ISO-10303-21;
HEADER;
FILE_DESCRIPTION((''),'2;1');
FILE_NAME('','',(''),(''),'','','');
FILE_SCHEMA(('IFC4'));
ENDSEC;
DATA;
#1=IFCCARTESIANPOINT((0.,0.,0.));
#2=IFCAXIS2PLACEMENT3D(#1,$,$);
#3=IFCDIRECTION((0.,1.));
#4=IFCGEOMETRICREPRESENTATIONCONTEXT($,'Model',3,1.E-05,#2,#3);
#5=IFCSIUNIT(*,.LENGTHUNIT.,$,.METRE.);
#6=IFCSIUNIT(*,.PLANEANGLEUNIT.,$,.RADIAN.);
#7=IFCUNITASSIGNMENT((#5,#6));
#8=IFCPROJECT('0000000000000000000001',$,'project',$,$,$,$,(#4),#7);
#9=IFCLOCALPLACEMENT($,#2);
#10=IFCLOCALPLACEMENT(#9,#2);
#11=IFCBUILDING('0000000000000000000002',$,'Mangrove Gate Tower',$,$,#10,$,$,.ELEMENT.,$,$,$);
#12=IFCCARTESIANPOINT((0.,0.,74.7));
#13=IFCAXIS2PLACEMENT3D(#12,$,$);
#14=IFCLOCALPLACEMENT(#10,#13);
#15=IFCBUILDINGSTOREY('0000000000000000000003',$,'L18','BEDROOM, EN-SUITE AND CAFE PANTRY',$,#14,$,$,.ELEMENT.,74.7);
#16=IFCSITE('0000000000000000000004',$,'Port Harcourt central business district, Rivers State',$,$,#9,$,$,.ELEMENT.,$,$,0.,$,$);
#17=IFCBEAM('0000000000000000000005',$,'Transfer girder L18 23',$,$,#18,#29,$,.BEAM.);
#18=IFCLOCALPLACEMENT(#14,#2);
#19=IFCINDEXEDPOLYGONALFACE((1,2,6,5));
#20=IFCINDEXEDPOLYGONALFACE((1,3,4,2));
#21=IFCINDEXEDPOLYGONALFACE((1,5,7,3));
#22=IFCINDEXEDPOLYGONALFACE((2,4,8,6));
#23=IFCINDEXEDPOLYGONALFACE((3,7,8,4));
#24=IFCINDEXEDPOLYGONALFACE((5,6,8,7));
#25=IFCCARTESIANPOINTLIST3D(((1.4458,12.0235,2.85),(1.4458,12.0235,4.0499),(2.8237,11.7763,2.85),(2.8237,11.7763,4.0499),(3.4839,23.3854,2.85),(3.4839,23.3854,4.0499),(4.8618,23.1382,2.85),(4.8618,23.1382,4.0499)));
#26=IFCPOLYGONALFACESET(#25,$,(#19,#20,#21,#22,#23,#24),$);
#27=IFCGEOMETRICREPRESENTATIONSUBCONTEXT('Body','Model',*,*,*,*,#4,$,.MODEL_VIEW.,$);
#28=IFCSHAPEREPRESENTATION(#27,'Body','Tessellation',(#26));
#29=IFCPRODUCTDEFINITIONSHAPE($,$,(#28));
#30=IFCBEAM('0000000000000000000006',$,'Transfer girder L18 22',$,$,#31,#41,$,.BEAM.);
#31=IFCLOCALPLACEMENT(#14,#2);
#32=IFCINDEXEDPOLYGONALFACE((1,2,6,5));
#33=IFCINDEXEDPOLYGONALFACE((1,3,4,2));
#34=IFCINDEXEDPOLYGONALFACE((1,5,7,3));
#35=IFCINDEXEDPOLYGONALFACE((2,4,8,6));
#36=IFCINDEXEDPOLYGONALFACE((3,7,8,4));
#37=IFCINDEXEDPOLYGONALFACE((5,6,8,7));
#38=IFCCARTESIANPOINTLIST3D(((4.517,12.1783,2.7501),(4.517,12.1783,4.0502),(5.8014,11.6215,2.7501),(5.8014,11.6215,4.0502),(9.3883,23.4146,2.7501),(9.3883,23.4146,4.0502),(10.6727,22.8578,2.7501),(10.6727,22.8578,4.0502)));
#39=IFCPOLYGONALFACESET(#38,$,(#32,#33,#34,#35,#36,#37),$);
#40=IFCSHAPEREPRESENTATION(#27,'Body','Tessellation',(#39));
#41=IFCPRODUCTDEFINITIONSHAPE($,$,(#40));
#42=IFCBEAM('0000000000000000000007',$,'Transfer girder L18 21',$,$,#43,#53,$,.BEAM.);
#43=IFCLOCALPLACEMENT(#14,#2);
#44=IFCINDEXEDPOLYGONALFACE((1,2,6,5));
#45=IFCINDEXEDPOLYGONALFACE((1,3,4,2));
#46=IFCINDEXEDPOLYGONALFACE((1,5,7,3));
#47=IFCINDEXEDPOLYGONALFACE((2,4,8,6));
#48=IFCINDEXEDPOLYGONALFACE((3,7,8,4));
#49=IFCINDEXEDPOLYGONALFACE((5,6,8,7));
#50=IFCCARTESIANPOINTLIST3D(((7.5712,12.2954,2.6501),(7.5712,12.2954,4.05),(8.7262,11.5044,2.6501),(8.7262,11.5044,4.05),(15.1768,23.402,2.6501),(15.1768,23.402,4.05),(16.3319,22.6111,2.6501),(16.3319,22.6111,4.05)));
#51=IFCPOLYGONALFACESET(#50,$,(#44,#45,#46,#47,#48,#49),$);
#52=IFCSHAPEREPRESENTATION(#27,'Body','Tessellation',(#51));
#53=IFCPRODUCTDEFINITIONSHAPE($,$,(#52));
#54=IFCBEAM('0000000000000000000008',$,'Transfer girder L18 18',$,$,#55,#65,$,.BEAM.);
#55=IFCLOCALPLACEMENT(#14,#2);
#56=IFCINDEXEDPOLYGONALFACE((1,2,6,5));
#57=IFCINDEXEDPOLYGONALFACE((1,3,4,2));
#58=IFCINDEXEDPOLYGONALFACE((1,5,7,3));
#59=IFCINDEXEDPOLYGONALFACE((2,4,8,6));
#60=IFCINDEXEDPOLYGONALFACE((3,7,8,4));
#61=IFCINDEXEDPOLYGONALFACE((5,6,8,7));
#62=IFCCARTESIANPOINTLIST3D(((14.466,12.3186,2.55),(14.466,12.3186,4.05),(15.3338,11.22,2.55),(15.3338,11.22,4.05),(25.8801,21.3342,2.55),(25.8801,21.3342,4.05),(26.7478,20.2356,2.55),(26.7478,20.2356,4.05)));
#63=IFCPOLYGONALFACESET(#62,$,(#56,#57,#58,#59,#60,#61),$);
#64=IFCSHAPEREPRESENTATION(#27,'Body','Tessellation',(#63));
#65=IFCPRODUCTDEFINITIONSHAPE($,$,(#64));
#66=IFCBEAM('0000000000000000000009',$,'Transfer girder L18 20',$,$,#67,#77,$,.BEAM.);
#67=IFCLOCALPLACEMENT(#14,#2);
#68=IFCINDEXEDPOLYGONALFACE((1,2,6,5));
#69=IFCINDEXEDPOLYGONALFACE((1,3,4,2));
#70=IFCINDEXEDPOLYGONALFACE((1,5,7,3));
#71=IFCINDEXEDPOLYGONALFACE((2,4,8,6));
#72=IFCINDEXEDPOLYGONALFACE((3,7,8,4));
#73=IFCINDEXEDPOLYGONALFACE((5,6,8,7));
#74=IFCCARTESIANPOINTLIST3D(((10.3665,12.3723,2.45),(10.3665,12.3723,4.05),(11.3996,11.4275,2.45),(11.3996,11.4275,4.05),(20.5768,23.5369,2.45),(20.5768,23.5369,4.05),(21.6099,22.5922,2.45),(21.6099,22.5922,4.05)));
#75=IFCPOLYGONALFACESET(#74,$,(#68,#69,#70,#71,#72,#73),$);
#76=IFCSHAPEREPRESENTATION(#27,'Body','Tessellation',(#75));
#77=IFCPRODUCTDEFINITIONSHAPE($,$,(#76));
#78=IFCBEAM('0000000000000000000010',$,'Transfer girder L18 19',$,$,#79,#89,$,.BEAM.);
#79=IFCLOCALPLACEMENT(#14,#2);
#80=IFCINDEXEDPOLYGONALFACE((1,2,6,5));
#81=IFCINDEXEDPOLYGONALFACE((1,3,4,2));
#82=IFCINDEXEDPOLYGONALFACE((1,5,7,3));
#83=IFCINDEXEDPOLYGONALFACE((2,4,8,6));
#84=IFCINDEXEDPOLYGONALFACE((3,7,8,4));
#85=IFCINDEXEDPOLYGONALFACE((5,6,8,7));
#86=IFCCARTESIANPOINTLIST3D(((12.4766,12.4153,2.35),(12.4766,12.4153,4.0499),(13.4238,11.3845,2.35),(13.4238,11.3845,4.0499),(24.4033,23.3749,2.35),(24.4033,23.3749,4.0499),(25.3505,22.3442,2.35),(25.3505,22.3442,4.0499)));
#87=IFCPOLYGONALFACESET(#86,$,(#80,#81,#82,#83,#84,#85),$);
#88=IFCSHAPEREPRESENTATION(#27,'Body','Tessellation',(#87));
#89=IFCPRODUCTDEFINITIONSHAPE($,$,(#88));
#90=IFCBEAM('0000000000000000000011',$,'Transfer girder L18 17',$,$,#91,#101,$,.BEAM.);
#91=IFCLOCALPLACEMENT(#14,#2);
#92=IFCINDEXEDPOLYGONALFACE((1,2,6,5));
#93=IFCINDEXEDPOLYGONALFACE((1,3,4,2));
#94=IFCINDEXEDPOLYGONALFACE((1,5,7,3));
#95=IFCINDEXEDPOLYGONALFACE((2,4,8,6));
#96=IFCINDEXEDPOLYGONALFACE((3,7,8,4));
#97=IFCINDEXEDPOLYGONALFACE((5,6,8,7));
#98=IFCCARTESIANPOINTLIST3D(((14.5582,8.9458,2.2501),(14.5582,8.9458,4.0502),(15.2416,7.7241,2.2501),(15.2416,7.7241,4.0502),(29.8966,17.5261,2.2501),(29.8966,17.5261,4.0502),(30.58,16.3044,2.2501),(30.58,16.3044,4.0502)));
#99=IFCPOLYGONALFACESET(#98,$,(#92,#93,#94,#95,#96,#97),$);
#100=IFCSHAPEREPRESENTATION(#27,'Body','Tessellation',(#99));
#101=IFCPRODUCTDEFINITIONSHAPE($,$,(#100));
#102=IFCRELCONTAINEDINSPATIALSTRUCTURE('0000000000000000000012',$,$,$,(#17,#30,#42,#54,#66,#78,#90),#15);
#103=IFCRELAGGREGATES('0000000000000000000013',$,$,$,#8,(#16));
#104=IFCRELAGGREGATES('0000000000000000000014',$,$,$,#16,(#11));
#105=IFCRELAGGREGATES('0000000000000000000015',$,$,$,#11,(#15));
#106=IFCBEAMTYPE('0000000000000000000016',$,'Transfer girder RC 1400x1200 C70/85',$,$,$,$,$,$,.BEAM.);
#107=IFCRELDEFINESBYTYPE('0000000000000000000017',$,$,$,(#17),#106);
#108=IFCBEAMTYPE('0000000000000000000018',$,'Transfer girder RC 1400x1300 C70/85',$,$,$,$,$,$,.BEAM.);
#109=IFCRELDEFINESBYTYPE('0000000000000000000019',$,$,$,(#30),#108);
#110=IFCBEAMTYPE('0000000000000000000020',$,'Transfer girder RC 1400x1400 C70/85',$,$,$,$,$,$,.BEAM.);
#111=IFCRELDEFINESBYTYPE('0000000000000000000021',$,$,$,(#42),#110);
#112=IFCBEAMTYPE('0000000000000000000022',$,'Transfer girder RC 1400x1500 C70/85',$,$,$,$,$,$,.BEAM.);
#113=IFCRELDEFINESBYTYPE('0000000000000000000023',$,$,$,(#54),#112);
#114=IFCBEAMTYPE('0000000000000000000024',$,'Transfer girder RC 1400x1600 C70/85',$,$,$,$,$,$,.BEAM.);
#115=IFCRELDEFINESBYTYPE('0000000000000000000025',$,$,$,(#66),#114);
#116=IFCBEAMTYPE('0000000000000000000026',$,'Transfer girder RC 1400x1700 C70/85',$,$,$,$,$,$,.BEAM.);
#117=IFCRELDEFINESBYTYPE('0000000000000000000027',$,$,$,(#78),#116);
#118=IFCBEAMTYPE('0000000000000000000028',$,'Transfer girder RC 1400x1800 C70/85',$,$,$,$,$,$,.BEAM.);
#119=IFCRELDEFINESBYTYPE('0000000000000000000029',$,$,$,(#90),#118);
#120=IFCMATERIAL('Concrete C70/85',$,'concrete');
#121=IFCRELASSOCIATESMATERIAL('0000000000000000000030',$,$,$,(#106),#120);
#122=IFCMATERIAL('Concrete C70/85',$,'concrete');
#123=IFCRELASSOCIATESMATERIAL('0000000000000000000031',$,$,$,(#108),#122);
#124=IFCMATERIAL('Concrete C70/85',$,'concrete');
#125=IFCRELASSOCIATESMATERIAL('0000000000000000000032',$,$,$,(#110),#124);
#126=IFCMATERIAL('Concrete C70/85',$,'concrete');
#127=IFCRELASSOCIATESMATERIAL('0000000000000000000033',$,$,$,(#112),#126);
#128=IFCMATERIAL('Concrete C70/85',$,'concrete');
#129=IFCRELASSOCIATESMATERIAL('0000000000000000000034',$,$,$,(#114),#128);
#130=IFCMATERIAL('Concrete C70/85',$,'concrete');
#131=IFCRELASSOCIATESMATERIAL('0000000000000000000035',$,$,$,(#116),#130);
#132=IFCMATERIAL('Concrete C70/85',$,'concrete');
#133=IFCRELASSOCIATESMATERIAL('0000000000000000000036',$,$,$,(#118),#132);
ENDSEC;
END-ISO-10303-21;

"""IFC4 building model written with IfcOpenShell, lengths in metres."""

from ifc_helpers import new_model, si_unit, direction, frame, origin, origin_2d, place, context, subcontext, project, spatial, rectangle, extrude, material, material_profile, profile_set, type_object, element, save


model = new_model("IFC4")

# Units and contexts
model_context = context("Model", 3, precision=1e-05, world=origin(), true_north=direction((0.0, 1.0)))
body_context = subcontext(model_context, "Body", "Model", "MODEL_VIEW")
ifc_project = project(units=[si_unit("LENGTHUNIT", "METRE"), si_unit("PLANEANGLEUNIT", "RADIAN")], contexts=[model_context])

# Site, building, storey
site_placement = place(None, origin())
site = spatial("IfcSite", under=ifc_project, at=site_placement, Name="Port Harcourt central business district, Rivers State", CompositionType="ELEMENT", RefElevation=0.0)
building_placement = place(site_placement, origin())
building = spatial("IfcBuilding", under=site, at=building_placement, Name="Mangrove Gate Tower", CompositionType="ELEMENT")
storey_placement = place(building_placement, frame((0.0, 0.0, 74.7)))
storey = spatial("IfcBuildingStorey", under=building, at=storey_placement, Name="L18", Description="BEDROOM, EN-SUITE AND CAFE PANTRY", CompositionType="ELEMENT", Elevation=74.7)

# Beams
ifc_material_1 = material(Name="Concrete C70/85", Category="concrete")
ifc_material_profile_1 = material_profile(ifc_material_1, rectangle(XDim=1.3999, YDim=1.2, at=origin_2d()))
ifc_profile_set_1 = profile_set([ifc_material_profile_1], Name="Concrete C70/85")
beam_type_1 = type_object("IfcBeamType", Name="Transfer girder RC 1400x1200 C70/85", PredefinedType="BEAM", material=ifc_profile_set_1)
beam_1_placement = place(storey_placement, frame((2.1348, 11.8999, 3.45), z_axis=(0.176562, 0.984289, 0.0), x_axis=(-0.984289, 0.176562, 0.0)))
element("IfcBeam", 1, at=beam_1_placement, inside=storey, type_object=beam_type_1, Name="Transfer girder L18 23", PredefinedType="BEAM", context=body_context, shape_type="SweptSolid", body=[
    extrude(rectangle(XDim=1.3999, YDim=1.2, at=origin_2d()), origin(), (0.0, 0.0, 1.0), 11.5432),
])
ifc_material_2 = material(Name="Concrete C70/85", Category="concrete")
ifc_material_profile_2 = material_profile(ifc_material_2, rectangle(XDim=1.3999, YDim=1.3, at=origin_2d()))
ifc_profile_set_2 = profile_set([ifc_material_profile_2], Name="Concrete C70/85")
beam_type_2 = type_object("IfcBeamType", Name="Transfer girder RC 1400x1300 C70/85", PredefinedType="BEAM", material=ifc_profile_set_2)
beam_2_placement = place(storey_placement, frame((5.1592, 11.8999, 3.4001), z_axis=(0.397763, 0.917488, 0.0), x_axis=(-0.917488, 0.397763, 0.0)))
element("IfcBeam", 2, at=beam_2_placement, inside=storey, type_object=beam_type_2, Name="Transfer girder L18 22", PredefinedType="BEAM", context=body_context, shape_type="SweptSolid", body=[
    extrude(rectangle(XDim=1.3999, YDim=1.3, at=origin_2d()), origin(), (0.0, 0.0, 1.0), 12.2468),
])
ifc_material_3 = material(Name="Concrete C70/85", Category="concrete")
ifc_material_profile_3 = material_profile(ifc_material_3, rectangle(XDim=1.3999, YDim=1.3999, at=origin_2d()))
ifc_profile_set_3 = profile_set([ifc_material_profile_3], Name="Concrete C70/85")
beam_type_3 = type_object("IfcBeamType", Name="Transfer girder RC 1400x1400 C70/85", PredefinedType="BEAM", material=ifc_profile_set_3)
beam_3_placement = place(storey_placement, frame((8.1487, 11.8999, 3.3501), z_axis=(0.565008, 0.825086, 0.0), x_axis=(-0.825086, 0.565008, 0.0)))
element("IfcBeam", 3, at=beam_3_placement, inside=storey, type_object=beam_type_3, Name="Transfer girder L18 21", PredefinedType="BEAM", context=body_context, shape_type="SweptSolid", body=[
    extrude(rectangle(XDim=1.3999, YDim=1.3999, at=origin_2d()), origin(), (0.0, 0.0, 1.0), 13.4612),
])
ifc_material_4 = material(Name="Concrete C70/85", Category="concrete")
ifc_material_profile_4 = material_profile(ifc_material_4, rectangle(XDim=1.3999, YDim=1.5, at=origin_2d()))
ifc_profile_set_4 = profile_set([ifc_material_profile_4], Name="Concrete C70/85")
beam_type_4 = type_object("IfcBeamType", Name="Transfer girder RC 1400x1500 C70/85", PredefinedType="BEAM", material=ifc_profile_set_4)
beam_4_placement = place(storey_placement, frame((14.8999, 11.7693, 3.3), z_axis=(0.784732, 0.619836, 0.0), x_axis=(-0.619836, 0.784732, 0.0)))
element("IfcBeam", 4, at=beam_4_placement, inside=storey, type_object=beam_type_4, Name="Transfer girder L18 18", PredefinedType="BEAM", context=body_context, shape_type="SweptSolid", body=[
    extrude(rectangle(XDim=1.3999, YDim=1.5, at=origin_2d()), origin(), (0.0, 0.0, 1.0), 14.5452),
])
ifc_material_5 = material(Name="Concrete C70/85", Category="concrete")
ifc_material_profile_5 = material_profile(ifc_material_5, rectangle(XDim=1.3999, YDim=1.6001, at=origin_2d()))
ifc_profile_set_5 = profile_set([ifc_material_profile_5], Name="Concrete C70/85")
beam_type_5 = type_object("IfcBeamType", Name="Transfer girder RC 1400x1600 C70/85", PredefinedType="BEAM", material=ifc_profile_set_5)
beam_5_placement = place(storey_placement, frame((10.8831, 11.8999, 3.25), z_axis=(0.674863, 0.737943, 0.0), x_axis=(-0.737943, 0.674863, 0.0)))
element("IfcBeam", 5, at=beam_5_placement, inside=storey, type_object=beam_type_5, Name="Transfer girder L18 20", PredefinedType="BEAM", context=body_context, shape_type="SweptSolid", body=[
    extrude(rectangle(XDim=1.3999, YDim=1.6001, at=origin_2d()), origin(), (0.0, 0.0, 1.0), 15.1294),
])
ifc_material_6 = material(Name="Concrete C70/85", Category="concrete")
ifc_material_profile_6 = material_profile(ifc_material_6, rectangle(XDim=1.3999, YDim=1.7, at=origin_2d()))
ifc_profile_set_6 = profile_set([ifc_material_profile_6], Name="Concrete C70/85")
beam_type_6 = type_object("IfcBeamType", Name="Transfer girder RC 1400x1700 C70/85", PredefinedType="BEAM", material=ifc_profile_set_6)
beam_6_placement = place(storey_placement, frame((12.9502, 11.8999, 3.2), z_axis=(0.736328, 0.676625, 0.0), x_axis=(-0.676625, 0.736328, 0.0)))
element("IfcBeam", 6, at=beam_6_placement, inside=storey, type_object=beam_type_6, Name="Transfer girder L18 19", PredefinedType="BEAM", context=body_context, shape_type="SweptSolid", body=[
    extrude(rectangle(XDim=1.3999, YDim=1.7, at=origin_2d()), origin(), (0.0, 0.0, 1.0), 16.1975),
])
ifc_material_7 = material(Name="Concrete C70/85", Category="concrete")
ifc_material_profile_7 = material_profile(ifc_material_7, rectangle(XDim=1.3999, YDim=1.8, at=origin_2d()))
ifc_profile_set_7 = profile_set([ifc_material_profile_7], Name="Concrete C70/85")
beam_type_7 = type_object("IfcBeamType", Name="Transfer girder RC 1400x1800 C70/85", PredefinedType="BEAM", material=ifc_profile_set_7)
beam_7_placement = place(storey_placement, frame((14.8999, 8.335, 3.1501), z_axis=(0.872728, 0.488206, 0.0), x_axis=(-0.488206, 0.872728, 0.0)))
element("IfcBeam", 7, at=beam_7_placement, inside=storey, type_object=beam_type_7, Name="Transfer girder L18 17", PredefinedType="BEAM", context=body_context, shape_type="SweptSolid", body=[
    extrude(rectangle(XDim=1.3999, YDim=1.8, at=origin_2d()), origin(), (0.0, 0.0, 1.0), 17.5752),
])

save(model, "model.ifc")
